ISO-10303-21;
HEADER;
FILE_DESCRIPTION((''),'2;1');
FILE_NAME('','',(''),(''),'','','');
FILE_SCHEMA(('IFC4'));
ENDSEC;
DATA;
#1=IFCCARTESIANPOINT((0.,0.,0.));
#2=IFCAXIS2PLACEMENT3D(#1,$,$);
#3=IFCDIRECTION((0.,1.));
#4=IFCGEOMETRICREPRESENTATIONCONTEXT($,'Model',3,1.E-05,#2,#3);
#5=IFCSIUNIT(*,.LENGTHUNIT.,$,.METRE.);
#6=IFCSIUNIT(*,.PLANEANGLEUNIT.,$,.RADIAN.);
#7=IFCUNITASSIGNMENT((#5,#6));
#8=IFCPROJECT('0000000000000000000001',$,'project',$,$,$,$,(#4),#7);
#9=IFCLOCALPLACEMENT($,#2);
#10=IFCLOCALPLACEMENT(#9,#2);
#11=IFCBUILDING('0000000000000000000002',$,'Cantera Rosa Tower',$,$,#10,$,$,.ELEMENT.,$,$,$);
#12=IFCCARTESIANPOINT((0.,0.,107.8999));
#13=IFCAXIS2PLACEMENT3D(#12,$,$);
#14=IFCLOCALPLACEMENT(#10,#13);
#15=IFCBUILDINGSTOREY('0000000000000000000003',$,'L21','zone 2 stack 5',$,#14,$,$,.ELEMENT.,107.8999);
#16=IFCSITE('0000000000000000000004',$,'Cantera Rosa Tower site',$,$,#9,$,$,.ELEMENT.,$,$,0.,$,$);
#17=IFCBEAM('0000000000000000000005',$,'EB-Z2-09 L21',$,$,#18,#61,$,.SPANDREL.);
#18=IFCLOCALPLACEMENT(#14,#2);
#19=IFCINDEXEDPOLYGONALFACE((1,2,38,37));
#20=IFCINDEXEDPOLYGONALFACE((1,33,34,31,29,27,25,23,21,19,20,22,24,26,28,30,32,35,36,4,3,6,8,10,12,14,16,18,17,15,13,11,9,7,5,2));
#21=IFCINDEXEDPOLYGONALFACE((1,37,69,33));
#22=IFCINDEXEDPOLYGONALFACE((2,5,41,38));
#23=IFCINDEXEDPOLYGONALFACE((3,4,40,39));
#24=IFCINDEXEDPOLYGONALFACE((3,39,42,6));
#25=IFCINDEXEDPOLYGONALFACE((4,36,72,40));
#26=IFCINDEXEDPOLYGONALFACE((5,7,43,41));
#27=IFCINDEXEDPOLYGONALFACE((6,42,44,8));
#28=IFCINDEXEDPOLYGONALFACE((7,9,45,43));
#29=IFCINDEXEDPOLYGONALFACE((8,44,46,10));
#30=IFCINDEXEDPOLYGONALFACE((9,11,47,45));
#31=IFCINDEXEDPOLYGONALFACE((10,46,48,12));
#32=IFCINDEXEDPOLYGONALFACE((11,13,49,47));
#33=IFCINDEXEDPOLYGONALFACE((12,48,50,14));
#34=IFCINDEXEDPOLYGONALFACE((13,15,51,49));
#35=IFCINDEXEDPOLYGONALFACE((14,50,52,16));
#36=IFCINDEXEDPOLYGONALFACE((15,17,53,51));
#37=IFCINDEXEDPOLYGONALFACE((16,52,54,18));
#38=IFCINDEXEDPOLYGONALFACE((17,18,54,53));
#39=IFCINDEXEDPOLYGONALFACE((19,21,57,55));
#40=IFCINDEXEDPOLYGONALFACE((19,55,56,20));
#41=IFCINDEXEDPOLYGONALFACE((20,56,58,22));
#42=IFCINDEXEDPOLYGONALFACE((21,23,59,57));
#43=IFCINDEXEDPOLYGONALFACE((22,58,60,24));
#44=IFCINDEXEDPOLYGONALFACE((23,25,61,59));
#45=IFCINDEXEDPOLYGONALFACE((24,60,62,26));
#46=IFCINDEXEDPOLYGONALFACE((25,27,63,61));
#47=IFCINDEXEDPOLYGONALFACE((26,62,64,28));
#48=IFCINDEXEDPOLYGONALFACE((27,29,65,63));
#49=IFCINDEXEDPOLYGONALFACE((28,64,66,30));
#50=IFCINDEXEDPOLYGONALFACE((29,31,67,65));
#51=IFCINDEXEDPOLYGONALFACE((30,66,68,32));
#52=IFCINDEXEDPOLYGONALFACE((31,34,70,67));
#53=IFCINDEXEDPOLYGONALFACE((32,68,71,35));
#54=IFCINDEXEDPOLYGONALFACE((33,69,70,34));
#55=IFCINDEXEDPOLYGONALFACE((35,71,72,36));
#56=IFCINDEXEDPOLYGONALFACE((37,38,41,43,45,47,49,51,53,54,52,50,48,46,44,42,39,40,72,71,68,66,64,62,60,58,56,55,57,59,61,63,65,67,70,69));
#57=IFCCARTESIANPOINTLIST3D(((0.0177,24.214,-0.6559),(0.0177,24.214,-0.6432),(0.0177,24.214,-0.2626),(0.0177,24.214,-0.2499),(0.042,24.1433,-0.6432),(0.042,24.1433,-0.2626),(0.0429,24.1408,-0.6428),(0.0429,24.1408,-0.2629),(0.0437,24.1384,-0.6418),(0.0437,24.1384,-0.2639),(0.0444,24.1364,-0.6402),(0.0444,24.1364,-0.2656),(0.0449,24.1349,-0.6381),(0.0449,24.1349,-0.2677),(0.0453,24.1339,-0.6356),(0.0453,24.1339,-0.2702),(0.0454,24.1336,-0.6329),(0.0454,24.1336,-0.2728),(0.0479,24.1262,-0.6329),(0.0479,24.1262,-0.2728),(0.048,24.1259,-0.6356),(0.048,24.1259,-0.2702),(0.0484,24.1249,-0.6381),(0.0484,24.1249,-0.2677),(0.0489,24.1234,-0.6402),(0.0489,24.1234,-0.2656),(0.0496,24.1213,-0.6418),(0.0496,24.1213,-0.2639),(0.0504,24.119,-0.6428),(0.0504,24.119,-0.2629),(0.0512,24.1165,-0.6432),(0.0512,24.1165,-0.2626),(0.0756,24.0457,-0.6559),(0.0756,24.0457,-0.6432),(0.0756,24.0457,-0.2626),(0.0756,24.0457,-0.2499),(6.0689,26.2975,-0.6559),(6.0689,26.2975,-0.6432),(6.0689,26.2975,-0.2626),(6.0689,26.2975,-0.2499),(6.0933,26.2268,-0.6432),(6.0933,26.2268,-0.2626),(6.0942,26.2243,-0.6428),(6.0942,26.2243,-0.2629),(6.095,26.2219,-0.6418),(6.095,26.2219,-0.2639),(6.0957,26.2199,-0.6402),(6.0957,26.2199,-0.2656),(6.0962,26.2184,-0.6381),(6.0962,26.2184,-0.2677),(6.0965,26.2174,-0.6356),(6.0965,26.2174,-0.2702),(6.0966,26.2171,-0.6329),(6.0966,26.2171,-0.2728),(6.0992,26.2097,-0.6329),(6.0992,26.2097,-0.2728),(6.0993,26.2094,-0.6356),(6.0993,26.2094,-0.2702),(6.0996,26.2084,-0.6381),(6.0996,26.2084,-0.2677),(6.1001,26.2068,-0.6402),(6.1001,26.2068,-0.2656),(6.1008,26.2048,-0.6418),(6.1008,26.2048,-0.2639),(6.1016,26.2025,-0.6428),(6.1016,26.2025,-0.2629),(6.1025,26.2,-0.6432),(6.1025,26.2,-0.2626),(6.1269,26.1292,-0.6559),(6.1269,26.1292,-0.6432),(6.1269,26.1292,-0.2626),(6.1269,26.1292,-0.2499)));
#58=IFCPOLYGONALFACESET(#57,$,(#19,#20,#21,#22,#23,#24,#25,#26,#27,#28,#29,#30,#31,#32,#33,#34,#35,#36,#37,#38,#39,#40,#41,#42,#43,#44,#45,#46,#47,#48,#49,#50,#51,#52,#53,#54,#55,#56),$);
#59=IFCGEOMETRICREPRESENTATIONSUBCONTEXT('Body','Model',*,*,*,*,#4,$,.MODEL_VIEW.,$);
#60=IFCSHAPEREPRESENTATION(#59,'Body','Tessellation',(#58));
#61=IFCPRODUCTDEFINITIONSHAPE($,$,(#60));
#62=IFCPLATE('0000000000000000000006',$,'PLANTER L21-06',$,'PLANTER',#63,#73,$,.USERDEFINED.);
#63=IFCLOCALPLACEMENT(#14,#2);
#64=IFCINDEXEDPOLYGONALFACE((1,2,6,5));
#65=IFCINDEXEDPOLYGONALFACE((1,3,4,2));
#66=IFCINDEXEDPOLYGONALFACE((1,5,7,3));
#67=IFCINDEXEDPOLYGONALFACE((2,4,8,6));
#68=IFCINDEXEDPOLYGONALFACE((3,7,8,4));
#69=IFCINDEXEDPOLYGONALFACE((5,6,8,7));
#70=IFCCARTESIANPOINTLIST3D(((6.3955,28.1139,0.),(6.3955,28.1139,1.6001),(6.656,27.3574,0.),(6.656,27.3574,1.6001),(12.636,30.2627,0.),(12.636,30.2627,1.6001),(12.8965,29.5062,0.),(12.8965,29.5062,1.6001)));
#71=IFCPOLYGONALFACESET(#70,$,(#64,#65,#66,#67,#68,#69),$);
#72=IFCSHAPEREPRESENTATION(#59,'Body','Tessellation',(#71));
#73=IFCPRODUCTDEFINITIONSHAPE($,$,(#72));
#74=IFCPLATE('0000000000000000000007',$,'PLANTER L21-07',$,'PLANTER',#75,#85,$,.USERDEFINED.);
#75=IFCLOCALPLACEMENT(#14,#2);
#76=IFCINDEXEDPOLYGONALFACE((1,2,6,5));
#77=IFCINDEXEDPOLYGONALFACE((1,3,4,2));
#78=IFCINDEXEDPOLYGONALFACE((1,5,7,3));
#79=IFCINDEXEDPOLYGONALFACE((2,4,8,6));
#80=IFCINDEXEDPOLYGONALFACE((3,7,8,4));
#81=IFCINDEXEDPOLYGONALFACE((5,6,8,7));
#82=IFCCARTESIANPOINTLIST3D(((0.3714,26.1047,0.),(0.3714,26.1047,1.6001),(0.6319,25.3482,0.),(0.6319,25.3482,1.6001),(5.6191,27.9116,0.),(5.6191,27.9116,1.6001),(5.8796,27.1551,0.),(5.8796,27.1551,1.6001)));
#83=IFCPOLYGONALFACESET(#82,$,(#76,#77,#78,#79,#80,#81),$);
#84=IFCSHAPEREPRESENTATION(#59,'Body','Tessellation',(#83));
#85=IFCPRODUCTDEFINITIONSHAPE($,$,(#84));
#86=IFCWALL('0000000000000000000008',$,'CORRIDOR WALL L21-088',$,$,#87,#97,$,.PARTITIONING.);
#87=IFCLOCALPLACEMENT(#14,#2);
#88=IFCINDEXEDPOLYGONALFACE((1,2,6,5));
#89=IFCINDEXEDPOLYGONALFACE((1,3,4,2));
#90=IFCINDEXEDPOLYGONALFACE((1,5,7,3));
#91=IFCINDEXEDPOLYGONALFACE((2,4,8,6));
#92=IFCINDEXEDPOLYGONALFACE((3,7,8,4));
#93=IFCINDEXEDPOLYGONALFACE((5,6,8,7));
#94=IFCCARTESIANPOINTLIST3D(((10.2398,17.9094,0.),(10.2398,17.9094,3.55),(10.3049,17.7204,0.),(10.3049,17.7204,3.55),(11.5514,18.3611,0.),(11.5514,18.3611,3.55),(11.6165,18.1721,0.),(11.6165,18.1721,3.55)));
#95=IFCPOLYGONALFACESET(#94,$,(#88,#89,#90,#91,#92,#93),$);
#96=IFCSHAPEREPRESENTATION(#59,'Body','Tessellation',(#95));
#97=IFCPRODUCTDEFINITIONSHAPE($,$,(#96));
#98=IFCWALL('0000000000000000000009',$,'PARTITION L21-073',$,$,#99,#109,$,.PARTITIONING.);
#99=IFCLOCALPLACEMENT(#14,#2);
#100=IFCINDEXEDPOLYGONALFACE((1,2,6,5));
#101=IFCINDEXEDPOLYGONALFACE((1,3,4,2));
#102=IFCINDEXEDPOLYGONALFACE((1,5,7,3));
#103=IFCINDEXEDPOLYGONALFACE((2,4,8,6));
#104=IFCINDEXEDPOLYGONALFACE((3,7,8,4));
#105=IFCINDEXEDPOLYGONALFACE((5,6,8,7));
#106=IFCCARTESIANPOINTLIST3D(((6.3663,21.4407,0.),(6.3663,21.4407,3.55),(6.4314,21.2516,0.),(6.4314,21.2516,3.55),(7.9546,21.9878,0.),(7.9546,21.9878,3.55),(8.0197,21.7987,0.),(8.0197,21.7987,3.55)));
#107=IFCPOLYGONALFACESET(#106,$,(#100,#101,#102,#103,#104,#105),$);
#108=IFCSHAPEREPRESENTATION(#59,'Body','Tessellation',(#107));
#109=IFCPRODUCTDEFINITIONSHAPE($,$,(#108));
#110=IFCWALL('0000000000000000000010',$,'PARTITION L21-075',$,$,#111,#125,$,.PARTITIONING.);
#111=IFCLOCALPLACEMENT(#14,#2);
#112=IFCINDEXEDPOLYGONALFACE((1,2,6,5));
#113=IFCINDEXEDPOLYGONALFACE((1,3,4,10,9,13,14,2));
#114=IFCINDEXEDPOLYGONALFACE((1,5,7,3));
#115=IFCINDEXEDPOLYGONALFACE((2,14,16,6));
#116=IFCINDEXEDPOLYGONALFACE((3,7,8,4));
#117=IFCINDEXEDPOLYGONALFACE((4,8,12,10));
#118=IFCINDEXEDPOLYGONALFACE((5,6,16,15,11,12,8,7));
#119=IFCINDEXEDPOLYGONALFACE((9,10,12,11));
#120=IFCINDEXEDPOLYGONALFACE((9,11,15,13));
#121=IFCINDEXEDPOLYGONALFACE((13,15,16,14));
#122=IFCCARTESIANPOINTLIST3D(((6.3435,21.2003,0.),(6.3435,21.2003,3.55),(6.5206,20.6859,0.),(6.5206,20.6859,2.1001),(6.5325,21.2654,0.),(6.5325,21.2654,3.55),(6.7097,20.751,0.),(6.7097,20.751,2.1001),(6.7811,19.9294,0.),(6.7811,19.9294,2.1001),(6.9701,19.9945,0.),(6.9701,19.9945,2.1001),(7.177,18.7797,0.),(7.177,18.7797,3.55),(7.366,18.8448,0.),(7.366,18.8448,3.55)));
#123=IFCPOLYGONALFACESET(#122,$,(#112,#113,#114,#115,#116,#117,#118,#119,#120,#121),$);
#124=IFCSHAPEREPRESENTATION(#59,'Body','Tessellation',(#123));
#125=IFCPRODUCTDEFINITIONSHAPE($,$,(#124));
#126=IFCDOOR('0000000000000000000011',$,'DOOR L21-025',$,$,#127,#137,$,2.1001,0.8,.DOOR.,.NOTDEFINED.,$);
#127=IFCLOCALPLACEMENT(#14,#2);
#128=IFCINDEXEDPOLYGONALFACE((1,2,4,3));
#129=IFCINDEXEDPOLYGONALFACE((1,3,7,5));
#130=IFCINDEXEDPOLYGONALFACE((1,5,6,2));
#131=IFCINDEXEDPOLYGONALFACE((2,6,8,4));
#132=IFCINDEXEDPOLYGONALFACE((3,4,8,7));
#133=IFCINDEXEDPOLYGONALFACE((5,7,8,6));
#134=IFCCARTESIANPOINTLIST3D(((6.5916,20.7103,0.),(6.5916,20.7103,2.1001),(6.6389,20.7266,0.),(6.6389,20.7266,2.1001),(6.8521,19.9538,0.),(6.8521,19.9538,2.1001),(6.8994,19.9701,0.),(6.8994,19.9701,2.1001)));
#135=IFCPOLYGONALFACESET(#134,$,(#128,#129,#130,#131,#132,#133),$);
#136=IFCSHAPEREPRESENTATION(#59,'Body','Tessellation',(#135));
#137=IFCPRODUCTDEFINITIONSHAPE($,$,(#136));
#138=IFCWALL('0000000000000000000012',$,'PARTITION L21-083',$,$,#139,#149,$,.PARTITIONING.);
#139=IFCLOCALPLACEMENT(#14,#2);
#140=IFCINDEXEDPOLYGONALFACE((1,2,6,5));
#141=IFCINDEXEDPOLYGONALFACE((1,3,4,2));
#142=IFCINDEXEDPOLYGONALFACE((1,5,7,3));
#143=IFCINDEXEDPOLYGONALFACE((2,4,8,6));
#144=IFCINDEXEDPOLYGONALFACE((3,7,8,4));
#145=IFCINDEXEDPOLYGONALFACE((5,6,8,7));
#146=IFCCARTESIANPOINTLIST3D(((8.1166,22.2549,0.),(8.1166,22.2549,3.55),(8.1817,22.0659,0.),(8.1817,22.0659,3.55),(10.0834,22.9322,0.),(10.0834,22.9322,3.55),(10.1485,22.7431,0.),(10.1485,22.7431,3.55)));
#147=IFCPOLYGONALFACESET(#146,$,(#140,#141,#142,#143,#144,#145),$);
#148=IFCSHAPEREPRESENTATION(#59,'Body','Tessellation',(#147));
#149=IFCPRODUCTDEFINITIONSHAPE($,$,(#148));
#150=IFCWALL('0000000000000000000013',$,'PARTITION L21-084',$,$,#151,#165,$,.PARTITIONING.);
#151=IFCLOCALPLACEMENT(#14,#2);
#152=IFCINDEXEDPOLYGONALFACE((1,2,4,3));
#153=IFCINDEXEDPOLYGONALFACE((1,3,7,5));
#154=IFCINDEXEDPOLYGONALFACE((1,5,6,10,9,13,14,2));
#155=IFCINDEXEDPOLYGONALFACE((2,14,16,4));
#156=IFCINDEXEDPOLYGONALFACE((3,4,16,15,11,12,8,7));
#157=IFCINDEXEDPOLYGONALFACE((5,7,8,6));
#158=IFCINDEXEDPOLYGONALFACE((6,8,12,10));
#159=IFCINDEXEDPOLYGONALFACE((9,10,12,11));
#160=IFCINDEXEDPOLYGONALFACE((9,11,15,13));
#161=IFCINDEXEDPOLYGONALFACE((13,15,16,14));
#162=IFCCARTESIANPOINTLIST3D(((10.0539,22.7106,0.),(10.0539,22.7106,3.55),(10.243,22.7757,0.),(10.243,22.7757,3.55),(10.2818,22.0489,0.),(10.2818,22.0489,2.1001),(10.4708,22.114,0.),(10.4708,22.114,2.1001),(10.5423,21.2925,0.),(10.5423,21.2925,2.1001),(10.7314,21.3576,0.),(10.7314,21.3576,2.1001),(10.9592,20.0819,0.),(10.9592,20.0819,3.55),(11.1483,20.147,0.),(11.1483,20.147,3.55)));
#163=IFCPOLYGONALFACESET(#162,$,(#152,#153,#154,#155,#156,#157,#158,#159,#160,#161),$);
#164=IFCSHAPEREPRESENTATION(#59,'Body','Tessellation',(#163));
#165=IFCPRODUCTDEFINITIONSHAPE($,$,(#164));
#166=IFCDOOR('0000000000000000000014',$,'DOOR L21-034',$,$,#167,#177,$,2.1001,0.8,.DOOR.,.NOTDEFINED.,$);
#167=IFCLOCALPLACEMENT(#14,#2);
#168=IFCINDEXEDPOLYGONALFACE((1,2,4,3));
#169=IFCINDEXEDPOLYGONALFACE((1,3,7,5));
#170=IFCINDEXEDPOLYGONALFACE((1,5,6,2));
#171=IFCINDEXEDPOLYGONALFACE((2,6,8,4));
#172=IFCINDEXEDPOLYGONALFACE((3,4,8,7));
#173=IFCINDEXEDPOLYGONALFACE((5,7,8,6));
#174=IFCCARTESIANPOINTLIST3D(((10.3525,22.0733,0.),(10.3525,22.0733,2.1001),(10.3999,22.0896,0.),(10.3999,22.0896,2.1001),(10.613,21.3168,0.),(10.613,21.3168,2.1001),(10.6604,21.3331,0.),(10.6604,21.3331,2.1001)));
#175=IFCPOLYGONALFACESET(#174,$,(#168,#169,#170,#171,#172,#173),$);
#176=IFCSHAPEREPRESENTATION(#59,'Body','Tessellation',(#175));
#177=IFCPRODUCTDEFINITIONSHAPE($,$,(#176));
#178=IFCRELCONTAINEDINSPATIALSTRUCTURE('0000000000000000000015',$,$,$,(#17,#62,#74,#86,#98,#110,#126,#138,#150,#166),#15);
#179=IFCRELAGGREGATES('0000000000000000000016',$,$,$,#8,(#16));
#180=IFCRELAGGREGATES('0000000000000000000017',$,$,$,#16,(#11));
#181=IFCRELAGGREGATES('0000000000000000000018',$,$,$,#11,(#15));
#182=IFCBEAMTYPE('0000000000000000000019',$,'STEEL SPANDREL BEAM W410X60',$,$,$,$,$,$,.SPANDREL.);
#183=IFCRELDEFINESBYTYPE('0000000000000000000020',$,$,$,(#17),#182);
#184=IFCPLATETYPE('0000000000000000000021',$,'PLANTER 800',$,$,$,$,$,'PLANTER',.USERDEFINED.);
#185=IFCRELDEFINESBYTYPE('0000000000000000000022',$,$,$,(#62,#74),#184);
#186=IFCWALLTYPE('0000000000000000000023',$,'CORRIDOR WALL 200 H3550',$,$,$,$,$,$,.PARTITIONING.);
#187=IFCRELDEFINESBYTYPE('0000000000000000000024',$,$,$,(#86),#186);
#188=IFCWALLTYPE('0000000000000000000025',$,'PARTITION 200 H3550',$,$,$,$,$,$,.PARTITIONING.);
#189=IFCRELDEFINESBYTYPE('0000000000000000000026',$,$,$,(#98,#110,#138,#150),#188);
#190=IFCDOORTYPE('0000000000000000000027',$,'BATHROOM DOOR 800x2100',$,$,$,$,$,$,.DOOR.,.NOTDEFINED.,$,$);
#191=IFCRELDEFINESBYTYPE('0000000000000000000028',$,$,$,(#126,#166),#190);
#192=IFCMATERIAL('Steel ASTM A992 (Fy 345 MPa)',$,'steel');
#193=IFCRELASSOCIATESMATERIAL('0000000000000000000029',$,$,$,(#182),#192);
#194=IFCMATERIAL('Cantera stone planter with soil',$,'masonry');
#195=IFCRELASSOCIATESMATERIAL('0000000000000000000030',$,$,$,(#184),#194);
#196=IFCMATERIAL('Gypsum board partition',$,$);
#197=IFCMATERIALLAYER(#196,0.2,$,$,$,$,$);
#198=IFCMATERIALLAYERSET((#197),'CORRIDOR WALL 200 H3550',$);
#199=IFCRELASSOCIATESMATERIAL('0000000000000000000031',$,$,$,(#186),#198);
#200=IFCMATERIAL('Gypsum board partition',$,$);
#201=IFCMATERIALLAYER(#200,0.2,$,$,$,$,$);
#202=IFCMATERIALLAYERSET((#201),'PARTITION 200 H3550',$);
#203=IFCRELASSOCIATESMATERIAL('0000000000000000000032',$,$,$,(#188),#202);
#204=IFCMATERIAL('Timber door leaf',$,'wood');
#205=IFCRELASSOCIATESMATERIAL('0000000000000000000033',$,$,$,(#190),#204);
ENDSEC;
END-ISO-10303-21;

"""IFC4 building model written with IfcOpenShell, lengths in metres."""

from ifc_helpers import new_model, si_unit, direction, frame, frame_2d, origin, origin_2d, place, context, subcontext, project, spatial, rectangle, i_section, extrude, material, layer, layer_set, material_profile, profile_set, type_object, element, fill, save


model = new_model("IFC4")

# Units and contexts
model_context = context("Model", 3, precision=1e-05, world=origin(), true_north=direction((0.0, 1.0)))
body_context = subcontext(model_context, "Body", "Model", "MODEL_VIEW")
ifc_project = project(units=[si_unit("LENGTHUNIT", "METRE"), si_unit("PLANEANGLEUNIT", "RADIAN")], contexts=[model_context])

# Site, building, storey
site_placement = place(None, origin())
site = spatial("IfcSite", under=ifc_project, at=site_placement, Name="Cantera Rosa Tower site", CompositionType="ELEMENT", RefElevation=0.0)
building_placement = place(site_placement, origin())
building = spatial("IfcBuilding", under=site, at=building_placement, Name="Cantera Rosa Tower", CompositionType="ELEMENT")
storey_placement = place(building_placement, frame((0.0, 0.0, 107.8999)))
storey = spatial("IfcBuildingStorey", under=building, at=storey_placement, Name="L21", Description="zone 2 stack 5", CompositionType="ELEMENT", Elevation=107.8999)

# Beam
ifc_material_1 = material(Name="Steel ASTM A992 (Fy 345 MPa)", Category="steel")
ifc_material_profile_1 = material_profile(ifc_material_1, i_section(OverallWidth=0.178, OverallDepth=0.406, WebThickness=0.0078, FlangeThickness=0.0127, FilletRadius=0.0103, at=origin_2d()), Name="W410X60")
ifc_profile_set_1 = profile_set([ifc_material_profile_1], Name="Steel ASTM A992 (Fy 345 MPa)")
beam_type_1 = type_object("IfcBeamType", Name="STEEL SPANDREL BEAM W410X60", PredefinedType="SPANDREL", material=ifc_profile_set_1)
beam_1_placement = place(storey_placement, frame((6.0979, 26.2134, -0.4529), z_axis=(-0.945524, -0.325551, 0.0), x_axis=(0.325551, -0.945524, 0.0)))
element("IfcBeam", 1, at=beam_1_placement, inside=storey, type_object=beam_type_1, Name="EB-Z2-09 L21", PredefinedType="SPANDREL", context=body_context, shape_type="SweptSolid", body=[
    extrude(i_section(OverallWidth=0.178, OverallDepth=0.406, WebThickness=0.0078, FlangeThickness=0.0127, FilletRadius=0.0103, at=origin_2d()), origin(), (0.0, 0.0, 1.0), 6.3999),
])

# Plates
ifc_material_2 = material(Name="Cantera stone planter with soil", Category="masonry")
plate_type = type_object("IfcPlateType", Name="PLANTER 800", ElementType="PLANTER", PredefinedType="USERDEFINED", material=ifc_material_2)
plate_1_placement = place(storey_placement, frame((9.646, 28.8101, 0.0), z_axis=(0.0, 0.0, 1.0), x_axis=(-0.945519, -0.325568, 0.0)))
element("IfcPlate", 2, at=plate_1_placement, inside=storey, type_object=plate_type, Name="PLANTER L21-06", ObjectType="PLANTER", PredefinedType="USERDEFINED", context=body_context, shape_type="SweptSolid", body=[
    extrude(rectangle(XDim=6.6001, YDim=0.8, at=origin_2d()), origin(), (0.0, 0.0, 1.0), 1.6001),
])
plate_2_placement = place(storey_placement, frame((3.1255, 26.6299, 0.0), z_axis=(0.0, 0.0, 1.0), x_axis=(-0.945519, -0.325568, 0.0)))
element("IfcPlate", 3, at=plate_2_placement, inside=storey, type_object=plate_type, Name="PLANTER L21-07", ObjectType="PLANTER", PredefinedType="USERDEFINED", context=body_context, shape_type="SweptSolid", body=[
    extrude(rectangle(XDim=5.55, YDim=0.8, at=origin_2d()), origin(), (0.0, 0.0, 1.0), 1.6001),
])

# Wall
ifc_material_3 = material(Name="Gypsum board partition")
ifc_layer_1 = layer(ifc_material_3, 0.2)
ifc_layer_set_1 = layer_set([ifc_layer_1], Name="CORRIDOR WALL 200 H3550")
wall_type_1 = type_object("IfcWallType", Name="CORRIDOR WALL 200 H3550", PredefinedType="PARTITIONING", material=ifc_layer_set_1)
wall_1_placement = place(storey_placement, frame((11.584, 18.2666, 0.0), z_axis=(0.0, 0.0, 1.0), x_axis=(-0.945504, -0.325611, 0.0)))
element("IfcWall", 4, at=wall_1_placement, inside=storey, type_object=wall_type_1, Name="CORRIDOR WALL L21-088", PredefinedType="PARTITIONING", context=body_context, shape_type="SweptSolid", body=[
    extrude(rectangle(XDim=1.3872, YDim=0.2, at=frame_2d((0.6936, 0.0))), origin(), (0.0, 0.0, 1.0), 3.55),
])

# Wall
ifc_material_4 = material(Name="Gypsum board partition")
ifc_layer_2 = layer(ifc_material_4, 0.2)
ifc_layer_set_2 = layer_set([ifc_layer_2], Name="PARTITION 200 H3550")
wall_type_2 = type_object("IfcWallType", Name="PARTITION 200 H3550", PredefinedType="PARTITIONING", material=ifc_layer_set_2)
wall_2_placement = place(storey_placement, frame((6.3989, 21.3462, 0.0), z_axis=(0.0, 0.0, 1.0), x_axis=(0.945483, 0.325673, 0.0)))
element("IfcWall", 5, at=wall_2_placement, inside=storey, type_object=wall_type_2, Name="PARTITION L21-073", PredefinedType="PARTITIONING", context=body_context, shape_type="SweptSolid", body=[
    extrude(rectangle(XDim=1.6799, YDim=0.2, at=frame_2d((0.8398, 0.0))), origin(), (0.0, 0.0, 1.0), 3.55),
])

# Wall, opening, door
wall_3_placement = place(storey_placement, frame((7.2715, 18.8123, 0.0), z_axis=(0.0, 0.0, 1.0), x_axis=(-0.325567, 0.945519, 0.0)))
wall_3 = element("IfcWall", 6, at=wall_3_placement, inside=storey, type_object=wall_type_2, Name="PARTITION L21-075", PredefinedType="PARTITIONING", context=body_context, shape_type="SweptSolid", body=[
    extrude(rectangle(XDim=2.5601, YDim=0.2, at=frame_2d((1.28, 0.0))), origin(), (0.0, 0.0, 1.0), 3.55),
])
opening_1_placement = place(wall_3_placement, frame((1.2161, 0.0, 0.0)))
opening_1 = element("IfcOpeningElement", 7, at=opening_1_placement, cuts=wall_3, PredefinedType="OPENING", context=body_context, shape_type="SweptSolid", body=[
    extrude(rectangle(XDim=0.8, YDim=2.1001, at=frame_2d((0.3999, 1.05))), frame((0.0, 0.1099, 0.0), z_axis=(0.0, -1.0, 0.0), x_axis=(1.0, 0.0, 0.0)), (0.0, 0.0, 1.0), 0.22),
])
ifc_material_5 = material(Name="Timber door leaf", Category="wood")
door_type_1 = type_object("IfcDoorType", Name="BATHROOM DOOR 800x2100", OperationType="NOTDEFINED", PredefinedType="DOOR", material=ifc_material_5)
door_1_placement = place(opening_1_placement, origin())
door_1 = element("IfcDoor", 8, at=door_1_placement, inside=storey, type_object=door_type_1, Name="DOOR L21-025", OperationType="NOTDEFINED", OverallHeight=2.1001, OverallWidth=0.8, PredefinedType="DOOR", context=body_context, shape_type="SweptSolid", body=[
    extrude(rectangle(XDim=0.8, YDim=2.1001, at=frame_2d((0.3999, 1.05))), frame((0.0, 0.0249, 0.0), z_axis=(0.0, -1.0, 0.0), x_axis=(1.0, 0.0, 0.0)), (0.0, 0.0, 1.0), 0.05),
])
fill(opening_1, door_1)

# Wall
wall_4_placement = place(storey_placement, frame((8.1492, 22.1604, 0.0), z_axis=(0.0, 0.0, 1.0), x_axis=(0.945515, 0.325578, 0.0)))
element("IfcWall", 9, at=wall_4_placement, inside=storey, type_object=wall_type_2, Name="PARTITION L21-083", PredefinedType="PARTITIONING", context=body_context, shape_type="SweptSolid", body=[
    extrude(rectangle(XDim=2.0801, YDim=0.2, at=frame_2d((1.04, 0.0))), origin(), (0.0, 0.0, 1.0), 3.55),
])

# Wall, opening, door
wall_5_placement = place(storey_placement, frame((10.1484, 22.7432, 0.0), z_axis=(0.0, 0.0, 1.0), x_axis=(0.325617, -0.945502, 0.0)))
wall_5 = element("IfcWall", 10, at=wall_5_placement, inside=storey, type_object=wall_type_2, Name="PARTITION L21-084", PredefinedType="PARTITIONING", context=body_context, shape_type="SweptSolid", body=[
    extrude(rectangle(XDim=2.7803, YDim=0.2, at=frame_2d((1.3901, 0.0))), origin(), (0.0, 0.0, 1.0), 3.55),
])
opening_2_placement = place(wall_5_placement, frame((0.7, 0.0, 0.0)))
opening_2 = element("IfcOpeningElement", 11, at=opening_2_placement, cuts=wall_5, PredefinedType="OPENING", context=body_context, shape_type="SweptSolid", body=[
    extrude(rectangle(XDim=0.8, YDim=2.1001, at=frame_2d((0.3999, 1.05))), frame((0.0, 0.1099, 0.0), z_axis=(0.0, -1.0, 0.0), x_axis=(1.0, 0.0, 0.0)), (0.0, 0.0, 1.0), 0.22),
])
door_2_placement = place(opening_2_placement, origin())
door_2 = element("IfcDoor", 12, at=door_2_placement, inside=storey, type_object=door_type_1, Name="DOOR L21-034", OperationType="NOTDEFINED", OverallHeight=2.1001, OverallWidth=0.8, PredefinedType="DOOR", context=body_context, shape_type="SweptSolid", body=[
    extrude(rectangle(XDim=0.8, YDim=2.1001, at=frame_2d((0.3999, 1.05))), frame((0.0, 0.0249, 0.0), z_axis=(0.0, -1.0, 0.0), x_axis=(1.0, 0.0, 0.0)), (0.0, 0.0, 1.0), 0.05),
])
fill(opening_2, door_2)

save(model, "model.ifc")
